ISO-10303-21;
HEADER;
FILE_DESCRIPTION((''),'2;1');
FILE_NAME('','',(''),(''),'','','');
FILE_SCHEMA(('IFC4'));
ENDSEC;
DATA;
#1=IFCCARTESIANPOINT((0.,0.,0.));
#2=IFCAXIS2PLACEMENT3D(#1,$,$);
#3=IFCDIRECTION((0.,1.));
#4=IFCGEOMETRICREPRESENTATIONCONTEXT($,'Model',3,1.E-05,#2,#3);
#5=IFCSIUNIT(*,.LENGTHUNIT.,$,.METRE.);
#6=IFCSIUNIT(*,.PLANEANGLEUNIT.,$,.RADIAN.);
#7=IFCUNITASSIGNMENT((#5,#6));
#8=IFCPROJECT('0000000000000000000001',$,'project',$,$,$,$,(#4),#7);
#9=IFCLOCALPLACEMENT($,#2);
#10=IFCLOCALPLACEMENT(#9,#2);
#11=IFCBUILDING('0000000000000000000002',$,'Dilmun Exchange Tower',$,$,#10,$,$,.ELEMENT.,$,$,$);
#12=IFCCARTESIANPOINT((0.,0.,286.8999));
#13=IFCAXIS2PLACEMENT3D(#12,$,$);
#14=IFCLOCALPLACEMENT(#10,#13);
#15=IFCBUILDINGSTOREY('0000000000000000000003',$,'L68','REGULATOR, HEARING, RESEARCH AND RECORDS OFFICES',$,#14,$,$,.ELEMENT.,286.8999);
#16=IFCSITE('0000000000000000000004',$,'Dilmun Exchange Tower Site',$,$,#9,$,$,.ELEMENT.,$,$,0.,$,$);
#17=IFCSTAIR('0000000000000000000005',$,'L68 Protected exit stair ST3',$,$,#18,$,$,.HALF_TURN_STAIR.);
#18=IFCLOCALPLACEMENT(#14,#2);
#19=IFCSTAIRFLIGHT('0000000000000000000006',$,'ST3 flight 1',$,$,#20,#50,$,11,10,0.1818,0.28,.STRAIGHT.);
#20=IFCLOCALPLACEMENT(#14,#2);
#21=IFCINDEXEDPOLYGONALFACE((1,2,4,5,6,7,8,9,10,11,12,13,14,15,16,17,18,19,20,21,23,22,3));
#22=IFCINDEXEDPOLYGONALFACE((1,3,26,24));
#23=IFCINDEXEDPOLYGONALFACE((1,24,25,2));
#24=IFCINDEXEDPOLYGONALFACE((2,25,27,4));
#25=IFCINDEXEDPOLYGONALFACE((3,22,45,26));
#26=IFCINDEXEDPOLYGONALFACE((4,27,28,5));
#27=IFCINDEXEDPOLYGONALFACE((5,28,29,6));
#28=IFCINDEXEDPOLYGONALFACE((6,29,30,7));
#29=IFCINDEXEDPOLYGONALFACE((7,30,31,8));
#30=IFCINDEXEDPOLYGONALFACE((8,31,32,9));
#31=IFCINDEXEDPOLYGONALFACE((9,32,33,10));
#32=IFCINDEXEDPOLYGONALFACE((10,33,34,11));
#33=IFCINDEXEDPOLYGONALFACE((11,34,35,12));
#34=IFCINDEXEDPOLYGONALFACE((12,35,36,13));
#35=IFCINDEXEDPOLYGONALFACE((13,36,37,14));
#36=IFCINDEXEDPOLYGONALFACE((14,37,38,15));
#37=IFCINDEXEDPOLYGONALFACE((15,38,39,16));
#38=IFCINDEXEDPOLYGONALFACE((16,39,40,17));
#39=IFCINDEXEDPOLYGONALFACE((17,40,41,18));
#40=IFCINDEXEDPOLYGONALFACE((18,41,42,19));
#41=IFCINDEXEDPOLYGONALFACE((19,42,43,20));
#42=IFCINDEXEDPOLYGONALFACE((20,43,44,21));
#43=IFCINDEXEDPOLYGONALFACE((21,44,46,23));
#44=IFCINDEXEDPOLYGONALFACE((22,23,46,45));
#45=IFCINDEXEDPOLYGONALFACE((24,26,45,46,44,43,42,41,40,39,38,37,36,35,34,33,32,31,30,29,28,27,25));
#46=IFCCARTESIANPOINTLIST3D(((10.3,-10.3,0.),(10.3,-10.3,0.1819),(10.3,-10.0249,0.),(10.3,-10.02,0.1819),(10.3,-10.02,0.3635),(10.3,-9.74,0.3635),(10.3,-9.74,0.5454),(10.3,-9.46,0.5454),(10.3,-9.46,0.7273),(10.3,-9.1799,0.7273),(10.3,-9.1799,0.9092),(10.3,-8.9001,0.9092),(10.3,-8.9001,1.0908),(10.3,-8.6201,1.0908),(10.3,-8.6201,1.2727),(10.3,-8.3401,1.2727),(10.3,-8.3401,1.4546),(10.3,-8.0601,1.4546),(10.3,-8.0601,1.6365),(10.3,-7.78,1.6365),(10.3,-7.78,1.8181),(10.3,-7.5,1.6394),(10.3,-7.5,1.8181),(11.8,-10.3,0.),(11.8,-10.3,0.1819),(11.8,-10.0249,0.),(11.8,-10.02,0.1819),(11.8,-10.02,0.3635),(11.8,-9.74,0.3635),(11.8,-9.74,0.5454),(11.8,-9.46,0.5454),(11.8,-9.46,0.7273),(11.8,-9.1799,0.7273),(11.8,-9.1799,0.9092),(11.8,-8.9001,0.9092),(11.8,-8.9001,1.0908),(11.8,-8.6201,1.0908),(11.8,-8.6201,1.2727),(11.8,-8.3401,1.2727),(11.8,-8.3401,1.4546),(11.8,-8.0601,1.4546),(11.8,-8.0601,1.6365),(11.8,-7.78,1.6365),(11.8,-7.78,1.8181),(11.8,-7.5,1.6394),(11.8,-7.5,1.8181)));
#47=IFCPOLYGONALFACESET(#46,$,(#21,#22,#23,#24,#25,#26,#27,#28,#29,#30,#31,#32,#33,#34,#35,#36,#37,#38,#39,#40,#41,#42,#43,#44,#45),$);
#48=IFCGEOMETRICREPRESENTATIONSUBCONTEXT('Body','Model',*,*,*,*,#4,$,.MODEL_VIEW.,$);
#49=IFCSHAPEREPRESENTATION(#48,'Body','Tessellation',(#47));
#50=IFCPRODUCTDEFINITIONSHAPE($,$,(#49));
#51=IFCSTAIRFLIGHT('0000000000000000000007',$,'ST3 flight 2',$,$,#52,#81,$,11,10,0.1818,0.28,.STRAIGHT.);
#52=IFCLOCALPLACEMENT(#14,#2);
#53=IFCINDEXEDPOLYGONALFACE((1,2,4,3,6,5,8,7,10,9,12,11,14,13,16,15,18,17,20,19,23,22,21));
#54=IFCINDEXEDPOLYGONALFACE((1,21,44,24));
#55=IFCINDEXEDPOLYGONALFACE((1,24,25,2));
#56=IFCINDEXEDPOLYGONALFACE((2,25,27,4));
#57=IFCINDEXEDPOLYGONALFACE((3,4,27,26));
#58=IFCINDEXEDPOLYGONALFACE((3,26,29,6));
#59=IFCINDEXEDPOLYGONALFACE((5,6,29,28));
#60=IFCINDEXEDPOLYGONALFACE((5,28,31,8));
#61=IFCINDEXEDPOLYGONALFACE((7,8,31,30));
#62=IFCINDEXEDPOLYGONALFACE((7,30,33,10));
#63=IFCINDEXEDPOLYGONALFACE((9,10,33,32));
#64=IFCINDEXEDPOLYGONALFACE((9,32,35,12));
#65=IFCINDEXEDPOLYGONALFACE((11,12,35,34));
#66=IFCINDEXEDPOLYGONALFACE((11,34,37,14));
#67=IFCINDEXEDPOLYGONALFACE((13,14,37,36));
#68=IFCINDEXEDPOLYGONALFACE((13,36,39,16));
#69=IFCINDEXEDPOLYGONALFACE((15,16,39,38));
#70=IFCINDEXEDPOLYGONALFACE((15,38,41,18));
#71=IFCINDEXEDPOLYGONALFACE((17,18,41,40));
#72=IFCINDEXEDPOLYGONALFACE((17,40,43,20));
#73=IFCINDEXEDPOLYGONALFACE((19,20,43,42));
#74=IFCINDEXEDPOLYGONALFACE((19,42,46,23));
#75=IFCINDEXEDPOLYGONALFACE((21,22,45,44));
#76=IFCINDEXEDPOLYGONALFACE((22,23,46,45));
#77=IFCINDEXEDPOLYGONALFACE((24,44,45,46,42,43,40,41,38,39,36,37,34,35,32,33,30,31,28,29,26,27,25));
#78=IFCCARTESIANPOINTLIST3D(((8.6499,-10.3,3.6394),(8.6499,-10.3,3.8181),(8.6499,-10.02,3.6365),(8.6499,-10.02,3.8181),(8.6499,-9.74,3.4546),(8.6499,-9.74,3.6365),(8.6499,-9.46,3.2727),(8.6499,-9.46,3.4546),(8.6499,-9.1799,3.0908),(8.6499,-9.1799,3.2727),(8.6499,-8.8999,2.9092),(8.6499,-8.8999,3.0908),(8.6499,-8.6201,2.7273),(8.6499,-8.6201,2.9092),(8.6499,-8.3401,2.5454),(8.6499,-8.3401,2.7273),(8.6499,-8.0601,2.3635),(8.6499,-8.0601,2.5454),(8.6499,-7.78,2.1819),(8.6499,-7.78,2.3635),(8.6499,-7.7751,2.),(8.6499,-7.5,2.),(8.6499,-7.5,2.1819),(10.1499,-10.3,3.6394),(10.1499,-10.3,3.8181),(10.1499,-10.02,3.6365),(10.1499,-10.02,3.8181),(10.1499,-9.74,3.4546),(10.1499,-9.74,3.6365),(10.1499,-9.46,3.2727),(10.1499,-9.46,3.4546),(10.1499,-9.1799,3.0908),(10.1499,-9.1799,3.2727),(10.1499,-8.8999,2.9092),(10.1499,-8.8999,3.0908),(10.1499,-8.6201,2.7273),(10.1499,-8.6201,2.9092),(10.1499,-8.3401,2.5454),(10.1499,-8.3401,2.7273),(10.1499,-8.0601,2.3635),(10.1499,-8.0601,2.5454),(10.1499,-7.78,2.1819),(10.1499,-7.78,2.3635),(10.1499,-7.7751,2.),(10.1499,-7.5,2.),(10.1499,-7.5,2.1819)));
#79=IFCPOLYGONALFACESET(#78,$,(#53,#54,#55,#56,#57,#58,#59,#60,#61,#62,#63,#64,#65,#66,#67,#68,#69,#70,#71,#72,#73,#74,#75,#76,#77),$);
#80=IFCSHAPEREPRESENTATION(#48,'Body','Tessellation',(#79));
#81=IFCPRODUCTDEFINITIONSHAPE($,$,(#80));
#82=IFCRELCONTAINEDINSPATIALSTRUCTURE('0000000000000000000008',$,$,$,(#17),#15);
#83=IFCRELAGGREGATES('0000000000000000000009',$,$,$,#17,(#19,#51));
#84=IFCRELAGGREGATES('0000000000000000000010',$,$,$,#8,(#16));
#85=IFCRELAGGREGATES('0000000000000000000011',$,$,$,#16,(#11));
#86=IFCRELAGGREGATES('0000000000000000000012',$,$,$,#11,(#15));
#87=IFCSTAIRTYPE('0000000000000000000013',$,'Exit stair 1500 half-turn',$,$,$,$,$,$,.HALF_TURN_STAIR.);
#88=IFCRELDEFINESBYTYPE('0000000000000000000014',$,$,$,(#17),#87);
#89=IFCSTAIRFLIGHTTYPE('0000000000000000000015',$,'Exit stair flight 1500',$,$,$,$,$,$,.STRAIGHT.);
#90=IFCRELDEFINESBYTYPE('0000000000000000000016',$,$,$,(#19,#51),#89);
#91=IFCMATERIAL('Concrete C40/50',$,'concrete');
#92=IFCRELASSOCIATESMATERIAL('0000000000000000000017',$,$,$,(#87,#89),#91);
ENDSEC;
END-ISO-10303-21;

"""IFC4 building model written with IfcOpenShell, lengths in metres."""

from ifc_helpers import new_model, si_unit, direction, frame, origin, place, context, subcontext, project, spatial, polyline, outline, extrude, material, type_object, element, aggregate, save


model = new_model("IFC4")

# Units and contexts
model_context = context("Model", 3, precision=1e-05, world=origin(), true_north=direction((0.0, 1.0)))
body_context = subcontext(model_context, "Body", "Model", "MODEL_VIEW")
ifc_project = project(units=[si_unit("LENGTHUNIT", "METRE"), si_unit("PLANEANGLEUNIT", "RADIAN")], contexts=[model_context])

# Site, building, storey
site_placement = place(None, origin())
site = spatial("IfcSite", under=ifc_project, at=site_placement, Name="Dilmun Exchange Tower Site", CompositionType="ELEMENT", RefElevation=0.0)
building_placement = place(site_placement, origin())
building = spatial("IfcBuilding", under=site, at=building_placement, Name="Dilmun Exchange Tower", CompositionType="ELEMENT")
storey_placement = place(building_placement, frame((0.0, 0.0, 286.8999)))
storey = spatial("IfcBuildingStorey", under=building, at=storey_placement, Name="L68", Description="REGULATOR, HEARING, RESEARCH AND RECORDS OFFICES", CompositionType="ELEMENT", Elevation=286.8999)

# Shared definitions
ifc_material_1 = material(Name="Concrete C40/50", Category="concrete")

# Stair, stair flights
stair_type = type_object("IfcStairType", Name="Exit stair 1500 half-turn", PredefinedType="HALF_TURN_STAIR", material=ifc_material_1)
stair_placement = place(storey_placement, origin())
stair = element("IfcStair", 1, at=stair_placement, inside=storey, type_object=stair_type, Name="L68 Protected exit stair ST3", PredefinedType="HALF_TURN_STAIR")
stair_flight_type = type_object("IfcStairFlightType", Name="Exit stair flight 1500", PredefinedType="STRAIGHT", material=ifc_material_1)
stair_flight_1_placement = place(storey_placement, frame((11.05, -10.3, 0.0), z_axis=(0.0, 0.0, 1.0), x_axis=(0.0, 1.0, 0.0)))
stair_flight_1 = element("IfcStairFlight", 2, at=stair_flight_1_placement, type_object=stair_flight_type, Name="ST3 flight 1", NumberOfRisers=11, NumberOfTreads=10, PredefinedType="STRAIGHT", RiserHeight=0.1818, TreadLength=0.28, context=body_context, shape_type="SweptSolid", body=[
    extrude(outline(polyline([(0.0, 0.0), (0.0, 0.1819), (0.28, 0.1819), (0.28, 0.3635), (0.5601, 0.3635), (0.5601, 0.5454), (0.8401, 0.5454), (0.8401, 0.7273), (1.1201, 0.7273), (1.1201, 0.9092), (1.3999, 0.9092), (1.3999, 1.0908), (1.6799, 1.0908), (1.6799, 1.2727), (1.96, 1.2727), (1.96, 1.4546), (2.24, 1.4546), (2.24, 1.6365), (2.52, 1.6365), (2.52, 1.8181), (2.8, 1.8181), (2.8, 2.0), (2.8, 1.6394), (0.2751, 0.0), (0.0, 0.0)])), frame((0.0, 0.75, 0.0), z_axis=(0.0, -1.0, 0.0), x_axis=(1.0, 0.0, 0.0)), (0.0, 0.0, 1.0), 1.5),
])
stair_flight_2_placement = place(storey_placement, frame((9.3999, -7.5, 2.0), z_axis=(0.0, 0.0, 1.0), x_axis=(0.0, -1.0, 0.0)))
stair_flight_2 = element("IfcStairFlight", 3, at=stair_flight_2_placement, type_object=stair_flight_type, Name="ST3 flight 2", NumberOfRisers=11, NumberOfTreads=10, PredefinedType="STRAIGHT", RiserHeight=0.1818, TreadLength=0.28, context=body_context, shape_type="SweptSolid", body=[
    extrude(outline(polyline([(0.0, 0.0), (0.0, 0.1819), (0.28, 0.1819), (0.28, 0.3635), (0.5601, 0.3635), (0.5601, 0.5454), (0.8401, 0.5454), (0.8401, 0.7273), (1.1201, 0.7273), (1.1201, 0.9092), (1.3999, 0.9092), (1.3999, 1.0908), (1.6799, 1.0908), (1.6799, 1.2727), (1.96, 1.2727), (1.96, 1.4546), (2.24, 1.4546), (2.24, 1.6365), (2.52, 1.6365), (2.52, 1.8181), (2.8, 1.8181), (2.8, 2.0), (2.8, 1.6394), (0.2751, 0.0), (0.0, 0.0)])), frame((0.0, 0.75, 0.0), z_axis=(0.0, -1.0, 0.0), x_axis=(1.0, 0.0, 0.0)), (0.0, 0.0, 1.0), 1.5),
])
aggregate(stair, [stair_flight_1, stair_flight_2])

save(model, "model.ifc")
